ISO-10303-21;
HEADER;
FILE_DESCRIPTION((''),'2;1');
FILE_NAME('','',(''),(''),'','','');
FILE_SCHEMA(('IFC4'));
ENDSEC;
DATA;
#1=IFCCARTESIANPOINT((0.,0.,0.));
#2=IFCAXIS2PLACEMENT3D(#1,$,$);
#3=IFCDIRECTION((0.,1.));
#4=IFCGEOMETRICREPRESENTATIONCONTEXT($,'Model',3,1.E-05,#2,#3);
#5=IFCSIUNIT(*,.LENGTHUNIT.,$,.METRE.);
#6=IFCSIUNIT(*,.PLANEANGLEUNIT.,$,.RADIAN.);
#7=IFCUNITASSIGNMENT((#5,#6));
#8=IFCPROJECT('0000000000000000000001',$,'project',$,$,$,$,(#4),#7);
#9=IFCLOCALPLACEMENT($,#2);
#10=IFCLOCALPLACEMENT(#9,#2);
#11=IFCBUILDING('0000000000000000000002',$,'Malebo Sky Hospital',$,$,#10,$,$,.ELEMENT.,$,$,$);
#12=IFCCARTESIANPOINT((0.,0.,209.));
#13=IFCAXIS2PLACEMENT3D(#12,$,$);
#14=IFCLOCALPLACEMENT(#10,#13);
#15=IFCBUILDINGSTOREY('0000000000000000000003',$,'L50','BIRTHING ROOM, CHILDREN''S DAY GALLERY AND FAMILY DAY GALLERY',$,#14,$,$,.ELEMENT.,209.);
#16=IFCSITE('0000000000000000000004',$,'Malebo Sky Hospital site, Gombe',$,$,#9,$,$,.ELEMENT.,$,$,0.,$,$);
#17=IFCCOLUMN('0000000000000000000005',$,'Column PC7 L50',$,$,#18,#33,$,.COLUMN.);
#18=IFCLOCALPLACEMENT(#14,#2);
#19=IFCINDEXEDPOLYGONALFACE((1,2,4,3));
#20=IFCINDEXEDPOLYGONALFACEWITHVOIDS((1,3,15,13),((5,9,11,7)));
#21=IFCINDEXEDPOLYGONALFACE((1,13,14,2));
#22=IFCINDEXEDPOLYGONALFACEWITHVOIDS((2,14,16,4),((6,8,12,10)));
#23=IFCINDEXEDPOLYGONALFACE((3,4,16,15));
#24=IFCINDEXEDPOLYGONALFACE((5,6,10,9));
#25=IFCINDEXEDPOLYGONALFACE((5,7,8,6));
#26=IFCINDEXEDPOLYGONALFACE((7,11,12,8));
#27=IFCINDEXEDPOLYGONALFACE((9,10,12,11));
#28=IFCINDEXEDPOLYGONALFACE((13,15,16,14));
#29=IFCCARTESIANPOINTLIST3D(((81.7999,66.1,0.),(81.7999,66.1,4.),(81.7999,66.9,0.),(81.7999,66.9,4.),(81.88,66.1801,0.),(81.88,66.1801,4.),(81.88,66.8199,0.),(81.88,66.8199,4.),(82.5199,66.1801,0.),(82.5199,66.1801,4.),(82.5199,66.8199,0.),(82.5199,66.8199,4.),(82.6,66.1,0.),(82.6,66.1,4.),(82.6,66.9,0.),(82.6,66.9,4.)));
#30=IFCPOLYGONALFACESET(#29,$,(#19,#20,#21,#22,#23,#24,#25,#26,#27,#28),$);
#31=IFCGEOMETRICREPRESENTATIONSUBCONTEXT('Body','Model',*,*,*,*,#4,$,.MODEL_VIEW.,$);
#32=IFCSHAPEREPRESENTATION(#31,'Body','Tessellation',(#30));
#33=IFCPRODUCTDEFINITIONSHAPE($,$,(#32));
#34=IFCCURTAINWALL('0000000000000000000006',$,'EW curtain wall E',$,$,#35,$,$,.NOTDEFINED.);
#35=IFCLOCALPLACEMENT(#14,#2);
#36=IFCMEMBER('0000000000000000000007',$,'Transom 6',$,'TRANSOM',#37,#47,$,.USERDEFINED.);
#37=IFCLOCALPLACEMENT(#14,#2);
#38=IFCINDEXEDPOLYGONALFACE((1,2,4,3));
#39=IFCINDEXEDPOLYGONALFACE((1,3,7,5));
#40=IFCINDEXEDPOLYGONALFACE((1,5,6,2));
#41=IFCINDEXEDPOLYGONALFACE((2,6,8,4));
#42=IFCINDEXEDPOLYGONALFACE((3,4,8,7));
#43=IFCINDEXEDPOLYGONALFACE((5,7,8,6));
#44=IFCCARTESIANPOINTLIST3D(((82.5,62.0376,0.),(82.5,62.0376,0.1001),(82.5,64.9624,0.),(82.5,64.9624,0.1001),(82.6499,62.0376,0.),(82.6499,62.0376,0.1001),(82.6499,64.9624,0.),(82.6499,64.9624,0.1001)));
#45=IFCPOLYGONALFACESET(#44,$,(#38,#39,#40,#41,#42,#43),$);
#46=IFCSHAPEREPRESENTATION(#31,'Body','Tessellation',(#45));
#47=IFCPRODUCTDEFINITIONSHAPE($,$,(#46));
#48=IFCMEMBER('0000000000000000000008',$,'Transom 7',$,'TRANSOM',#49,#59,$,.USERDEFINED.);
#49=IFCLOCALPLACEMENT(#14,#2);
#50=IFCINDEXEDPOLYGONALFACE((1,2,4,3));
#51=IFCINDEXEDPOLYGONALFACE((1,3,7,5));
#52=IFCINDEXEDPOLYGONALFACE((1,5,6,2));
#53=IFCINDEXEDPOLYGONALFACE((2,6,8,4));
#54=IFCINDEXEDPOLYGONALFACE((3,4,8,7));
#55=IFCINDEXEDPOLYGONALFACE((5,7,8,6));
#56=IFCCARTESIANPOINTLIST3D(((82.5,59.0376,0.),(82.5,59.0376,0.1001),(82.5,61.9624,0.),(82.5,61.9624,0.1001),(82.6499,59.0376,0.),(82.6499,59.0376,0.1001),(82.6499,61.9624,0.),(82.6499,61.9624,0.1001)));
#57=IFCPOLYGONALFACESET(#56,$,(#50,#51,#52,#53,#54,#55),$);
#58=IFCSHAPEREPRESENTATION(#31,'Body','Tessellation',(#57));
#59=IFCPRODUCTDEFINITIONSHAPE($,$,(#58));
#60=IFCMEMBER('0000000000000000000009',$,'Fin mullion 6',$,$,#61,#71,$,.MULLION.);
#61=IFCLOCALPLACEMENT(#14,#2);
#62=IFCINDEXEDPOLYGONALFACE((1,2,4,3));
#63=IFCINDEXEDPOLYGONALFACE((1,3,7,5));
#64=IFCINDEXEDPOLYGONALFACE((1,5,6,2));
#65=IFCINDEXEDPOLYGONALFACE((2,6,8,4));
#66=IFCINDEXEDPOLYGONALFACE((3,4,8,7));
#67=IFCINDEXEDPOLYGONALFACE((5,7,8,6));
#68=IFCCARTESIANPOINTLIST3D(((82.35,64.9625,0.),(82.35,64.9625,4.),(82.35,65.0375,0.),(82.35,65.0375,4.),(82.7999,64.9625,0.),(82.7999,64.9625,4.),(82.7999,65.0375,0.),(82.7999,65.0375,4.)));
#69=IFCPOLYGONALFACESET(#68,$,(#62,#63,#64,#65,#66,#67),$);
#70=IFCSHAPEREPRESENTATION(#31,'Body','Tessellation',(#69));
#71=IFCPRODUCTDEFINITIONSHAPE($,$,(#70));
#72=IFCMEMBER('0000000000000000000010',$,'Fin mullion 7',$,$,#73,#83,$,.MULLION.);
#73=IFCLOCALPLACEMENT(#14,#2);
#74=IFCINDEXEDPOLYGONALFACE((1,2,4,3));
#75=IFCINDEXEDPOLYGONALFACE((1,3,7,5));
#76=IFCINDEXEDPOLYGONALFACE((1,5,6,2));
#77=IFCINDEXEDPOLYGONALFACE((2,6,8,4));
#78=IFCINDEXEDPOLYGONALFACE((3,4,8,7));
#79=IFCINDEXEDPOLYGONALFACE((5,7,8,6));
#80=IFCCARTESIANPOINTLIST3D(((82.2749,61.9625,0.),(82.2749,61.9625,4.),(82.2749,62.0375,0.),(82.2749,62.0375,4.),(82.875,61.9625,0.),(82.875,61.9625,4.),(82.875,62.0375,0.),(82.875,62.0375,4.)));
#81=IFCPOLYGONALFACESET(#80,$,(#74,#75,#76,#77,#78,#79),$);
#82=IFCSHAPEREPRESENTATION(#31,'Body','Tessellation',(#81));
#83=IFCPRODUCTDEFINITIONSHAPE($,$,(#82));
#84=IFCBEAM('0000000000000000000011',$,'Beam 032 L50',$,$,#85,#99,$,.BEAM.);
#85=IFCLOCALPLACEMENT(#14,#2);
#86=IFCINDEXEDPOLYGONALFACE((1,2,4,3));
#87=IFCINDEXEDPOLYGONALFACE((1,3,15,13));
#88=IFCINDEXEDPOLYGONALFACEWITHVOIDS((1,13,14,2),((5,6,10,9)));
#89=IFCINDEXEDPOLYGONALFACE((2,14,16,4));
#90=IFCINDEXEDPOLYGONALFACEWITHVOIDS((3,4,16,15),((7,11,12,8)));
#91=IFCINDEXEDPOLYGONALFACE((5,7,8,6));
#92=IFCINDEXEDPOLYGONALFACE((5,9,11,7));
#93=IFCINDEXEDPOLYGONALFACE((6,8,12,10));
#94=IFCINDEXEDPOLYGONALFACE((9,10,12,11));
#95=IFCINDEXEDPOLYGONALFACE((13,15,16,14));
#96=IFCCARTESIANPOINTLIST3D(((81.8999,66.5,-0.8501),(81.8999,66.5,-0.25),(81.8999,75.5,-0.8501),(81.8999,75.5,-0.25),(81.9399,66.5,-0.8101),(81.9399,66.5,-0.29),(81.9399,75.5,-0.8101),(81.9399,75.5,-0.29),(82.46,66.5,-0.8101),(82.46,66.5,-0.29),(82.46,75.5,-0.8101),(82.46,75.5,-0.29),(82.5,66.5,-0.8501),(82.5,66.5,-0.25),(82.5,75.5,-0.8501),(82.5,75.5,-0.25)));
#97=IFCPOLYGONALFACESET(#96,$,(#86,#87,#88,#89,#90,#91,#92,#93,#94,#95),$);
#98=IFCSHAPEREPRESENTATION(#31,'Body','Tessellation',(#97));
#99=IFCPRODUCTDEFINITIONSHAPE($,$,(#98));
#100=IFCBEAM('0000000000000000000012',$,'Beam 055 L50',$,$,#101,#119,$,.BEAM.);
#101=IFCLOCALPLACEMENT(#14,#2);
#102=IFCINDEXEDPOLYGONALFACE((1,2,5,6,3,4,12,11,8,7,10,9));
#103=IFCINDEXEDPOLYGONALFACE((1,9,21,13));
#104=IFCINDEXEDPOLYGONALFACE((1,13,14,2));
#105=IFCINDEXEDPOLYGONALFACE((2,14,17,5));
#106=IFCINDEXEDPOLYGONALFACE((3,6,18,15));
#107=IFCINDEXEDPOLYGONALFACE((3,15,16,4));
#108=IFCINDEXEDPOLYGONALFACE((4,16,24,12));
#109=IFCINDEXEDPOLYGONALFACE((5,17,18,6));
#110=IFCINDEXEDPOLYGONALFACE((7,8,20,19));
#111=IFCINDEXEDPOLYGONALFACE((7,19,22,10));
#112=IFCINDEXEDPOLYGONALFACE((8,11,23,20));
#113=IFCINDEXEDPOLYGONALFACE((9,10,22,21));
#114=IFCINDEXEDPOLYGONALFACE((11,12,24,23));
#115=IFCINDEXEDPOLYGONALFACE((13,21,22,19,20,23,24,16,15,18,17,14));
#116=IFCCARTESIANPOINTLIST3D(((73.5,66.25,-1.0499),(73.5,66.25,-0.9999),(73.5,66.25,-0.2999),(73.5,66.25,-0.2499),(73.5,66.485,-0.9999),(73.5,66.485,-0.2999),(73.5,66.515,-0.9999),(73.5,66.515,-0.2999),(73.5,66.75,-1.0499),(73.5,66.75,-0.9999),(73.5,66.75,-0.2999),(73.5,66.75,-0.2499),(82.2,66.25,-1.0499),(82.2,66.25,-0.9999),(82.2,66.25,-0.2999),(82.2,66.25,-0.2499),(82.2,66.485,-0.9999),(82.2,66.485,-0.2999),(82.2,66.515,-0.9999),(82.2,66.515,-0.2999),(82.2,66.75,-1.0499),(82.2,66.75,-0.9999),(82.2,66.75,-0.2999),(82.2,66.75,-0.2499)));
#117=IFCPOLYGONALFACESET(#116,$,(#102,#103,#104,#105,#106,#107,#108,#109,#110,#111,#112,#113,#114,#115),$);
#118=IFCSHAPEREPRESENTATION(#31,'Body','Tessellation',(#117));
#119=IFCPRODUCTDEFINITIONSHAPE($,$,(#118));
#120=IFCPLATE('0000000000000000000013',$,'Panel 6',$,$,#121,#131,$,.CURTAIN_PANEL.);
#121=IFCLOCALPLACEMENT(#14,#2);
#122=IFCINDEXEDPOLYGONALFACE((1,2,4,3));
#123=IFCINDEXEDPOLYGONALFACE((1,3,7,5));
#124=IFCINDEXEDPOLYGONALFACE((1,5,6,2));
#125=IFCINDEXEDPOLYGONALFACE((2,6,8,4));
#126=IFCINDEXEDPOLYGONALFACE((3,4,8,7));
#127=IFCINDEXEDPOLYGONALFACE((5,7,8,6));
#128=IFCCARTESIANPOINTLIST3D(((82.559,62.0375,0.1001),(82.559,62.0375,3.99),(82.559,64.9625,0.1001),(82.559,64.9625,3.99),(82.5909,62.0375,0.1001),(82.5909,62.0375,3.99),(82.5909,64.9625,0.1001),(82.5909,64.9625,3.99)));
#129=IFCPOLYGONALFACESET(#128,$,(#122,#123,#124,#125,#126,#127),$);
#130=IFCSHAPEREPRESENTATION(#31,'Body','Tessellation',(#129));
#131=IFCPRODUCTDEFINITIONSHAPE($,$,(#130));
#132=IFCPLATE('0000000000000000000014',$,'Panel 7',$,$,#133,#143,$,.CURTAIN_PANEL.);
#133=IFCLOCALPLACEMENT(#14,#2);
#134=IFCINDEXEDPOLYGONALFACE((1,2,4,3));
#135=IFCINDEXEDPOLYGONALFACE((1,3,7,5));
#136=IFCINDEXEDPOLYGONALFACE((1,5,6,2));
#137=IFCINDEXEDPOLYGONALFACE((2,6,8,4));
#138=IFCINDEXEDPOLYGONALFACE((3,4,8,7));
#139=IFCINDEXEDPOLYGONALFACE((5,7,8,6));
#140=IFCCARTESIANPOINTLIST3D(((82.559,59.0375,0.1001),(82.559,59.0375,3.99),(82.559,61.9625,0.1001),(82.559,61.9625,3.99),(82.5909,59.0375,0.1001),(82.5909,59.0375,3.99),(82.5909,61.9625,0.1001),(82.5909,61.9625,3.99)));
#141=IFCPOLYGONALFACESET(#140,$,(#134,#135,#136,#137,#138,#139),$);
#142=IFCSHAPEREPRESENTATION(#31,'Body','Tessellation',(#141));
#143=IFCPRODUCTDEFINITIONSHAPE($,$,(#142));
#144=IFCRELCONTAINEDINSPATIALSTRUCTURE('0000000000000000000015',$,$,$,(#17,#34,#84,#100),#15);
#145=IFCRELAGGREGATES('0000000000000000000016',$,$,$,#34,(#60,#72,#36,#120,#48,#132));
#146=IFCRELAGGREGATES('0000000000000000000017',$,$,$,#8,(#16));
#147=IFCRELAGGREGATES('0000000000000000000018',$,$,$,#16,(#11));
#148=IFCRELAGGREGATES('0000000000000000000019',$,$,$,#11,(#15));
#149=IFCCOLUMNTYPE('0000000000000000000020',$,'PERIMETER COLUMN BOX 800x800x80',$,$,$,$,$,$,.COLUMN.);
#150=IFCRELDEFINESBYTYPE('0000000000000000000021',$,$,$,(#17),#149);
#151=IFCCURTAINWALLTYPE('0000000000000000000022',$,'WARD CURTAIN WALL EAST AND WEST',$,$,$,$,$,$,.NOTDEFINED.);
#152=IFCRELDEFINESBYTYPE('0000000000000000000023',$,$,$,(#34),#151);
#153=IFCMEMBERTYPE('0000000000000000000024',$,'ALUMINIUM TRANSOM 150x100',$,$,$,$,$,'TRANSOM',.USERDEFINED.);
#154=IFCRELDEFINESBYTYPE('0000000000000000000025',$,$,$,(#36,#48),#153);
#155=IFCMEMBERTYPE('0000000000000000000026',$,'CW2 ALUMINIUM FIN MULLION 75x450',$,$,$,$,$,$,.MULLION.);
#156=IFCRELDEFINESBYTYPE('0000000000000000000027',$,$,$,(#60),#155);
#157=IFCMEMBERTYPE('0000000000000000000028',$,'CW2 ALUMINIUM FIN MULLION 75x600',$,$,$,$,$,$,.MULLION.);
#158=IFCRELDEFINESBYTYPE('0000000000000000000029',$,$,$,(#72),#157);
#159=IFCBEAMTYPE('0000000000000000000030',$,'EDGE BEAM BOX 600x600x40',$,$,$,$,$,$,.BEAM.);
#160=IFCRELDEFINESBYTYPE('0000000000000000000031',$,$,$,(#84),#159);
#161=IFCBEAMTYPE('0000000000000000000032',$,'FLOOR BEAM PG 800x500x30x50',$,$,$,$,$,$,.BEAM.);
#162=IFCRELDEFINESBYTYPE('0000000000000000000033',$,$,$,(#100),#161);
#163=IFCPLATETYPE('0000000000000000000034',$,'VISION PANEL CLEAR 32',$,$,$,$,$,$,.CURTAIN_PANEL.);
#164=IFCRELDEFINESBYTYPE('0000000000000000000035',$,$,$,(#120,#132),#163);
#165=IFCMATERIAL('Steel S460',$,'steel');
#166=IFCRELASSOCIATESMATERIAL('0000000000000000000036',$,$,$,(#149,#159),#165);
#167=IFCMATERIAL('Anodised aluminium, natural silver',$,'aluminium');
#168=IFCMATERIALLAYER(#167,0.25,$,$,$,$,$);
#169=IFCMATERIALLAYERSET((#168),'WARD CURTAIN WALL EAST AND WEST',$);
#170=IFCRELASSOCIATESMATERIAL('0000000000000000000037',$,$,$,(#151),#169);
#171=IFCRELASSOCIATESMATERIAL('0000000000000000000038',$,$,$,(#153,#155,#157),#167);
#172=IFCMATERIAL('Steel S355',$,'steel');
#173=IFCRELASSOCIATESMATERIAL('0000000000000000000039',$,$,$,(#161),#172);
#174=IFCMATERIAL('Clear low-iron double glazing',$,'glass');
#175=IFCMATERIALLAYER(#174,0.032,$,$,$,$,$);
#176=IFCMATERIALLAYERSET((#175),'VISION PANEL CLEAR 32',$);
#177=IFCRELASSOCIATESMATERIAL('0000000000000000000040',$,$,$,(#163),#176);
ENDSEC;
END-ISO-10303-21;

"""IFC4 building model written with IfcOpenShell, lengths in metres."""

from ifc_helpers import new_model, si_unit, direction, frame, origin, origin_2d, place, context, subcontext, project, spatial, rectangle, hollow_rectangle, i_section, extrude, material, layer, layer_set, material_profile, profile_set, type_object, element, aggregate, save


model = new_model("IFC4")

# Units and contexts
model_context = context("Model", 3, precision=1e-05, world=origin(), true_north=direction((0.0, 1.0)))
body_context = subcontext(model_context, "Body", "Model", "MODEL_VIEW")
ifc_project = project(units=[si_unit("LENGTHUNIT", "METRE"), si_unit("PLANEANGLEUNIT", "RADIAN")], contexts=[model_context])

# Site, building, storey
site_placement = place(None, origin())
site = spatial("IfcSite", under=ifc_project, at=site_placement, Name="Malebo Sky Hospital site, Gombe", CompositionType="ELEMENT", RefElevation=0.0)
building_placement = place(site_placement, origin())
building = spatial("IfcBuilding", under=site, at=building_placement, Name="Malebo Sky Hospital", CompositionType="ELEMENT")
storey_placement = place(building_placement, frame((0.0, 0.0, 209.0)))
storey = spatial("IfcBuildingStorey", under=building, at=storey_placement, Name="L50", Description="BIRTHING ROOM, CHILDREN'S DAY GALLERY AND FAMILY DAY GALLERY", CompositionType="ELEMENT", Elevation=209.0)

# Column
ifc_material_1 = material(Name="Steel S460", Category="steel")
ifc_material_profile_1 = material_profile(ifc_material_1, hollow_rectangle(XDim=0.8, YDim=0.8, WallThickness=0.0801, at=origin_2d()), Name="BOX 800x800x80")
ifc_profile_set_1 = profile_set([ifc_material_profile_1], Name="Steel S460")
column_type = type_object("IfcColumnType", Name="PERIMETER COLUMN BOX 800x800x80", PredefinedType="COLUMN", material=ifc_profile_set_1)
column_placement = place(storey_placement, frame((82.2, 66.5, 0.0), z_axis=(0.0, 0.0, 1.0), x_axis=(1.0, 0.0, 0.0)))
element("IfcColumn", 1, at=column_placement, inside=storey, type_object=column_type, Name="Column PC7 L50", PredefinedType="COLUMN", context=body_context, shape_type="SweptSolid", body=[
    extrude(hollow_rectangle(XDim=0.8, YDim=0.8, WallThickness=0.0801, at=origin_2d()), origin(), (0.0, 0.0, 1.0), 4.0),
])

# Curtain wall, members
ifc_material_2 = material(Name="Anodised aluminium, natural silver", Category="aluminium")
ifc_layer_1 = layer(ifc_material_2, 0.25)
ifc_layer_set_1 = layer_set([ifc_layer_1], Name="WARD CURTAIN WALL EAST AND WEST")
curtain_wall_type = type_object("IfcCurtainWallType", Name="WARD CURTAIN WALL EAST AND WEST", PredefinedType="NOTDEFINED", material=ifc_layer_set_1)
curtain_wall_placement = place(storey_placement, origin())
curtain_wall = element("IfcCurtainWall", 2, at=curtain_wall_placement, inside=storey, type_object=curtain_wall_type, Name="EW curtain wall E", PredefinedType="NOTDEFINED")
ifc_material_profile_2 = material_profile(ifc_material_2, rectangle(XDim=0.1499, YDim=0.1001, at=origin_2d()), Name="ALUMINIUM TRANSOM 150x100")
ifc_profile_set_2 = profile_set([ifc_material_profile_2], Name="Anodised aluminium, natural silver")
member_type_1 = type_object("IfcMemberType", Name="ALUMINIUM TRANSOM 150x100", ElementType="TRANSOM", PredefinedType="USERDEFINED", material=ifc_profile_set_2)
member_1_placement = place(storey_placement, frame((82.575, 64.9624, 0.05), z_axis=(0.0, -1.0, 0.0), x_axis=(1.0, 0.0, 0.0)))
member_1 = element("IfcMember", 3, at=member_1_placement, type_object=member_type_1, Name="Transom 6", ObjectType="TRANSOM", PredefinedType="USERDEFINED", context=body_context, shape_type="SweptSolid", body=[
    extrude(rectangle(XDim=0.1499, YDim=0.1001, at=origin_2d()), origin(), (0.0, 0.0, 1.0), 2.9248),
])
member_2_placement = place(storey_placement, frame((82.575, 61.9624, 0.05), z_axis=(0.0, -1.0, 0.0), x_axis=(1.0, 0.0, 0.0)))
member_2 = element("IfcMember", 4, at=member_2_placement, type_object=member_type_1, Name="Transom 7", ObjectType="TRANSOM", PredefinedType="USERDEFINED", context=body_context, shape_type="SweptSolid", body=[
    extrude(rectangle(XDim=0.1499, YDim=0.1001, at=origin_2d()), origin(), (0.0, 0.0, 1.0), 2.9248),
])
ifc_material_profile_3 = material_profile(ifc_material_2, rectangle(XDim=0.075, YDim=0.45, at=origin_2d()), Name="CW2 ALUMINIUM FIN MULLION 75x450")
ifc_profile_set_3 = profile_set([ifc_material_profile_3], Name="Anodised aluminium, natural silver")
member_type_2 = type_object("IfcMemberType", Name="CW2 ALUMINIUM FIN MULLION 75x450", PredefinedType="MULLION", material=ifc_profile_set_3)
member_3_placement = place(storey_placement, frame((82.575, 65.0, 0.0), z_axis=(0.0, 0.0, 1.0), x_axis=(0.0, -1.0, 0.0)))
member_3 = element("IfcMember", 5, at=member_3_placement, type_object=member_type_2, Name="Fin mullion 6", PredefinedType="MULLION", context=body_context, shape_type="SweptSolid", body=[
    extrude(rectangle(XDim=0.075, YDim=0.45, at=origin_2d()), origin(), (0.0, 0.0, 1.0), 4.0),
])
ifc_material_profile_4 = material_profile(ifc_material_2, rectangle(XDim=0.075, YDim=0.6001, at=origin_2d()), Name="CW2 ALUMINIUM FIN MULLION 75x600")
ifc_profile_set_4 = profile_set([ifc_material_profile_4], Name="Anodised aluminium, natural silver")
member_type_3 = type_object("IfcMemberType", Name="CW2 ALUMINIUM FIN MULLION 75x600", PredefinedType="MULLION", material=ifc_profile_set_4)
member_4_placement = place(storey_placement, frame((82.575, 62.0, 0.0), z_axis=(0.0, 0.0, 1.0), x_axis=(0.0, -1.0, 0.0)))
member_4 = element("IfcMember", 6, at=member_4_placement, type_object=member_type_3, Name="Fin mullion 7", PredefinedType="MULLION", context=body_context, shape_type="SweptSolid", body=[
    extrude(rectangle(XDim=0.075, YDim=0.6001, at=origin_2d()), origin(), (0.0, 0.0, 1.0), 4.0),
])

# Beams
ifc_material_profile_5 = material_profile(ifc_material_1, hollow_rectangle(XDim=0.6001, YDim=0.6001, WallThickness=0.04, at=origin_2d()), Name="BOX 600x600x40")
ifc_profile_set_5 = profile_set([ifc_material_profile_5], Name="Steel S460")
beam_type_1 = type_object("IfcBeamType", Name="EDGE BEAM BOX 600x600x40", PredefinedType="BEAM", material=ifc_profile_set_5)
beam_1_placement = place(storey_placement, frame((82.2, 66.5, -0.55), z_axis=(0.0, 1.0, 0.0), x_axis=(-1.0, 0.0, 0.0)))
element("IfcBeam", 7, at=beam_1_placement, inside=storey, type_object=beam_type_1, Name="Beam 032 L50", PredefinedType="BEAM", context=body_context, shape_type="SweptSolid", body=[
    extrude(hollow_rectangle(XDim=0.6001, YDim=0.6001, WallThickness=0.04, at=origin_2d()), origin(), (0.0, 0.0, 1.0), 9.0),
])
ifc_material_3 = material(Name="Steel S355", Category="steel")
ifc_material_profile_6 = material_profile(ifc_material_3, i_section(OverallWidth=0.5, OverallDepth=0.8, WebThickness=0.03, FlangeThickness=0.05, at=origin_2d()), Name="PG 800x500x30x50")
ifc_profile_set_6 = profile_set([ifc_material_profile_6], Name="Steel S355")
beam_type_2 = type_object("IfcBeamType", Name="FLOOR BEAM PG 800x500x30x50", PredefinedType="BEAM", material=ifc_profile_set_6)
beam_2_placement = place(storey_placement, frame((73.5, 66.5, -0.6499), z_axis=(1.0, 0.0, 0.0), x_axis=(0.0, 1.0, 0.0)))
element("IfcBeam", 8, at=beam_2_placement, inside=storey, type_object=beam_type_2, Name="Beam 055 L50", PredefinedType="BEAM", context=body_context, shape_type="SweptSolid", body=[
    extrude(i_section(OverallWidth=0.5, OverallDepth=0.8, WebThickness=0.03, FlangeThickness=0.05, at=origin_2d()), origin(), (0.0, 0.0, 1.0), 8.7),
])

# Plates
ifc_material_4 = material(Name="Clear low-iron double glazing", Category="glass")
ifc_layer_2 = layer(ifc_material_4, 0.032)
ifc_layer_set_2 = layer_set([ifc_layer_2], Name="VISION PANEL CLEAR 32")
plate_type = type_object("IfcPlateType", Name="VISION PANEL CLEAR 32", PredefinedType="CURTAIN_PANEL", material=ifc_layer_set_2)
plate_1_placement = place(storey_placement, frame((82.575, 63.5, 0.1001), z_axis=(0.0, 0.0, 1.0), x_axis=(0.0, -1.0, 0.0)))
plate_1 = element("IfcPlate", 9, at=plate_1_placement, type_object=plate_type, Name="Panel 6", PredefinedType="CURTAIN_PANEL", context=body_context, shape_type="SweptSolid", body=[
    extrude(rectangle(XDim=2.925, YDim=0.032, at=origin_2d()), origin(), (0.0, 0.0, 1.0), 3.8899),
])
plate_2_placement = place(storey_placement, frame((82.575, 60.5, 0.1001), z_axis=(0.0, 0.0, 1.0), x_axis=(0.0, -1.0, 0.0)))
plate_2 = element("IfcPlate", 10, at=plate_2_placement, type_object=plate_type, Name="Panel 7", PredefinedType="CURTAIN_PANEL", context=body_context, shape_type="SweptSolid", body=[
    extrude(rectangle(XDim=2.925, YDim=0.032, at=origin_2d()), origin(), (0.0, 0.0, 1.0), 3.8899),
])
aggregate(curtain_wall, [member_3, member_4, member_1, plate_1, member_2, plate_2])

save(model, "model.ifc")
